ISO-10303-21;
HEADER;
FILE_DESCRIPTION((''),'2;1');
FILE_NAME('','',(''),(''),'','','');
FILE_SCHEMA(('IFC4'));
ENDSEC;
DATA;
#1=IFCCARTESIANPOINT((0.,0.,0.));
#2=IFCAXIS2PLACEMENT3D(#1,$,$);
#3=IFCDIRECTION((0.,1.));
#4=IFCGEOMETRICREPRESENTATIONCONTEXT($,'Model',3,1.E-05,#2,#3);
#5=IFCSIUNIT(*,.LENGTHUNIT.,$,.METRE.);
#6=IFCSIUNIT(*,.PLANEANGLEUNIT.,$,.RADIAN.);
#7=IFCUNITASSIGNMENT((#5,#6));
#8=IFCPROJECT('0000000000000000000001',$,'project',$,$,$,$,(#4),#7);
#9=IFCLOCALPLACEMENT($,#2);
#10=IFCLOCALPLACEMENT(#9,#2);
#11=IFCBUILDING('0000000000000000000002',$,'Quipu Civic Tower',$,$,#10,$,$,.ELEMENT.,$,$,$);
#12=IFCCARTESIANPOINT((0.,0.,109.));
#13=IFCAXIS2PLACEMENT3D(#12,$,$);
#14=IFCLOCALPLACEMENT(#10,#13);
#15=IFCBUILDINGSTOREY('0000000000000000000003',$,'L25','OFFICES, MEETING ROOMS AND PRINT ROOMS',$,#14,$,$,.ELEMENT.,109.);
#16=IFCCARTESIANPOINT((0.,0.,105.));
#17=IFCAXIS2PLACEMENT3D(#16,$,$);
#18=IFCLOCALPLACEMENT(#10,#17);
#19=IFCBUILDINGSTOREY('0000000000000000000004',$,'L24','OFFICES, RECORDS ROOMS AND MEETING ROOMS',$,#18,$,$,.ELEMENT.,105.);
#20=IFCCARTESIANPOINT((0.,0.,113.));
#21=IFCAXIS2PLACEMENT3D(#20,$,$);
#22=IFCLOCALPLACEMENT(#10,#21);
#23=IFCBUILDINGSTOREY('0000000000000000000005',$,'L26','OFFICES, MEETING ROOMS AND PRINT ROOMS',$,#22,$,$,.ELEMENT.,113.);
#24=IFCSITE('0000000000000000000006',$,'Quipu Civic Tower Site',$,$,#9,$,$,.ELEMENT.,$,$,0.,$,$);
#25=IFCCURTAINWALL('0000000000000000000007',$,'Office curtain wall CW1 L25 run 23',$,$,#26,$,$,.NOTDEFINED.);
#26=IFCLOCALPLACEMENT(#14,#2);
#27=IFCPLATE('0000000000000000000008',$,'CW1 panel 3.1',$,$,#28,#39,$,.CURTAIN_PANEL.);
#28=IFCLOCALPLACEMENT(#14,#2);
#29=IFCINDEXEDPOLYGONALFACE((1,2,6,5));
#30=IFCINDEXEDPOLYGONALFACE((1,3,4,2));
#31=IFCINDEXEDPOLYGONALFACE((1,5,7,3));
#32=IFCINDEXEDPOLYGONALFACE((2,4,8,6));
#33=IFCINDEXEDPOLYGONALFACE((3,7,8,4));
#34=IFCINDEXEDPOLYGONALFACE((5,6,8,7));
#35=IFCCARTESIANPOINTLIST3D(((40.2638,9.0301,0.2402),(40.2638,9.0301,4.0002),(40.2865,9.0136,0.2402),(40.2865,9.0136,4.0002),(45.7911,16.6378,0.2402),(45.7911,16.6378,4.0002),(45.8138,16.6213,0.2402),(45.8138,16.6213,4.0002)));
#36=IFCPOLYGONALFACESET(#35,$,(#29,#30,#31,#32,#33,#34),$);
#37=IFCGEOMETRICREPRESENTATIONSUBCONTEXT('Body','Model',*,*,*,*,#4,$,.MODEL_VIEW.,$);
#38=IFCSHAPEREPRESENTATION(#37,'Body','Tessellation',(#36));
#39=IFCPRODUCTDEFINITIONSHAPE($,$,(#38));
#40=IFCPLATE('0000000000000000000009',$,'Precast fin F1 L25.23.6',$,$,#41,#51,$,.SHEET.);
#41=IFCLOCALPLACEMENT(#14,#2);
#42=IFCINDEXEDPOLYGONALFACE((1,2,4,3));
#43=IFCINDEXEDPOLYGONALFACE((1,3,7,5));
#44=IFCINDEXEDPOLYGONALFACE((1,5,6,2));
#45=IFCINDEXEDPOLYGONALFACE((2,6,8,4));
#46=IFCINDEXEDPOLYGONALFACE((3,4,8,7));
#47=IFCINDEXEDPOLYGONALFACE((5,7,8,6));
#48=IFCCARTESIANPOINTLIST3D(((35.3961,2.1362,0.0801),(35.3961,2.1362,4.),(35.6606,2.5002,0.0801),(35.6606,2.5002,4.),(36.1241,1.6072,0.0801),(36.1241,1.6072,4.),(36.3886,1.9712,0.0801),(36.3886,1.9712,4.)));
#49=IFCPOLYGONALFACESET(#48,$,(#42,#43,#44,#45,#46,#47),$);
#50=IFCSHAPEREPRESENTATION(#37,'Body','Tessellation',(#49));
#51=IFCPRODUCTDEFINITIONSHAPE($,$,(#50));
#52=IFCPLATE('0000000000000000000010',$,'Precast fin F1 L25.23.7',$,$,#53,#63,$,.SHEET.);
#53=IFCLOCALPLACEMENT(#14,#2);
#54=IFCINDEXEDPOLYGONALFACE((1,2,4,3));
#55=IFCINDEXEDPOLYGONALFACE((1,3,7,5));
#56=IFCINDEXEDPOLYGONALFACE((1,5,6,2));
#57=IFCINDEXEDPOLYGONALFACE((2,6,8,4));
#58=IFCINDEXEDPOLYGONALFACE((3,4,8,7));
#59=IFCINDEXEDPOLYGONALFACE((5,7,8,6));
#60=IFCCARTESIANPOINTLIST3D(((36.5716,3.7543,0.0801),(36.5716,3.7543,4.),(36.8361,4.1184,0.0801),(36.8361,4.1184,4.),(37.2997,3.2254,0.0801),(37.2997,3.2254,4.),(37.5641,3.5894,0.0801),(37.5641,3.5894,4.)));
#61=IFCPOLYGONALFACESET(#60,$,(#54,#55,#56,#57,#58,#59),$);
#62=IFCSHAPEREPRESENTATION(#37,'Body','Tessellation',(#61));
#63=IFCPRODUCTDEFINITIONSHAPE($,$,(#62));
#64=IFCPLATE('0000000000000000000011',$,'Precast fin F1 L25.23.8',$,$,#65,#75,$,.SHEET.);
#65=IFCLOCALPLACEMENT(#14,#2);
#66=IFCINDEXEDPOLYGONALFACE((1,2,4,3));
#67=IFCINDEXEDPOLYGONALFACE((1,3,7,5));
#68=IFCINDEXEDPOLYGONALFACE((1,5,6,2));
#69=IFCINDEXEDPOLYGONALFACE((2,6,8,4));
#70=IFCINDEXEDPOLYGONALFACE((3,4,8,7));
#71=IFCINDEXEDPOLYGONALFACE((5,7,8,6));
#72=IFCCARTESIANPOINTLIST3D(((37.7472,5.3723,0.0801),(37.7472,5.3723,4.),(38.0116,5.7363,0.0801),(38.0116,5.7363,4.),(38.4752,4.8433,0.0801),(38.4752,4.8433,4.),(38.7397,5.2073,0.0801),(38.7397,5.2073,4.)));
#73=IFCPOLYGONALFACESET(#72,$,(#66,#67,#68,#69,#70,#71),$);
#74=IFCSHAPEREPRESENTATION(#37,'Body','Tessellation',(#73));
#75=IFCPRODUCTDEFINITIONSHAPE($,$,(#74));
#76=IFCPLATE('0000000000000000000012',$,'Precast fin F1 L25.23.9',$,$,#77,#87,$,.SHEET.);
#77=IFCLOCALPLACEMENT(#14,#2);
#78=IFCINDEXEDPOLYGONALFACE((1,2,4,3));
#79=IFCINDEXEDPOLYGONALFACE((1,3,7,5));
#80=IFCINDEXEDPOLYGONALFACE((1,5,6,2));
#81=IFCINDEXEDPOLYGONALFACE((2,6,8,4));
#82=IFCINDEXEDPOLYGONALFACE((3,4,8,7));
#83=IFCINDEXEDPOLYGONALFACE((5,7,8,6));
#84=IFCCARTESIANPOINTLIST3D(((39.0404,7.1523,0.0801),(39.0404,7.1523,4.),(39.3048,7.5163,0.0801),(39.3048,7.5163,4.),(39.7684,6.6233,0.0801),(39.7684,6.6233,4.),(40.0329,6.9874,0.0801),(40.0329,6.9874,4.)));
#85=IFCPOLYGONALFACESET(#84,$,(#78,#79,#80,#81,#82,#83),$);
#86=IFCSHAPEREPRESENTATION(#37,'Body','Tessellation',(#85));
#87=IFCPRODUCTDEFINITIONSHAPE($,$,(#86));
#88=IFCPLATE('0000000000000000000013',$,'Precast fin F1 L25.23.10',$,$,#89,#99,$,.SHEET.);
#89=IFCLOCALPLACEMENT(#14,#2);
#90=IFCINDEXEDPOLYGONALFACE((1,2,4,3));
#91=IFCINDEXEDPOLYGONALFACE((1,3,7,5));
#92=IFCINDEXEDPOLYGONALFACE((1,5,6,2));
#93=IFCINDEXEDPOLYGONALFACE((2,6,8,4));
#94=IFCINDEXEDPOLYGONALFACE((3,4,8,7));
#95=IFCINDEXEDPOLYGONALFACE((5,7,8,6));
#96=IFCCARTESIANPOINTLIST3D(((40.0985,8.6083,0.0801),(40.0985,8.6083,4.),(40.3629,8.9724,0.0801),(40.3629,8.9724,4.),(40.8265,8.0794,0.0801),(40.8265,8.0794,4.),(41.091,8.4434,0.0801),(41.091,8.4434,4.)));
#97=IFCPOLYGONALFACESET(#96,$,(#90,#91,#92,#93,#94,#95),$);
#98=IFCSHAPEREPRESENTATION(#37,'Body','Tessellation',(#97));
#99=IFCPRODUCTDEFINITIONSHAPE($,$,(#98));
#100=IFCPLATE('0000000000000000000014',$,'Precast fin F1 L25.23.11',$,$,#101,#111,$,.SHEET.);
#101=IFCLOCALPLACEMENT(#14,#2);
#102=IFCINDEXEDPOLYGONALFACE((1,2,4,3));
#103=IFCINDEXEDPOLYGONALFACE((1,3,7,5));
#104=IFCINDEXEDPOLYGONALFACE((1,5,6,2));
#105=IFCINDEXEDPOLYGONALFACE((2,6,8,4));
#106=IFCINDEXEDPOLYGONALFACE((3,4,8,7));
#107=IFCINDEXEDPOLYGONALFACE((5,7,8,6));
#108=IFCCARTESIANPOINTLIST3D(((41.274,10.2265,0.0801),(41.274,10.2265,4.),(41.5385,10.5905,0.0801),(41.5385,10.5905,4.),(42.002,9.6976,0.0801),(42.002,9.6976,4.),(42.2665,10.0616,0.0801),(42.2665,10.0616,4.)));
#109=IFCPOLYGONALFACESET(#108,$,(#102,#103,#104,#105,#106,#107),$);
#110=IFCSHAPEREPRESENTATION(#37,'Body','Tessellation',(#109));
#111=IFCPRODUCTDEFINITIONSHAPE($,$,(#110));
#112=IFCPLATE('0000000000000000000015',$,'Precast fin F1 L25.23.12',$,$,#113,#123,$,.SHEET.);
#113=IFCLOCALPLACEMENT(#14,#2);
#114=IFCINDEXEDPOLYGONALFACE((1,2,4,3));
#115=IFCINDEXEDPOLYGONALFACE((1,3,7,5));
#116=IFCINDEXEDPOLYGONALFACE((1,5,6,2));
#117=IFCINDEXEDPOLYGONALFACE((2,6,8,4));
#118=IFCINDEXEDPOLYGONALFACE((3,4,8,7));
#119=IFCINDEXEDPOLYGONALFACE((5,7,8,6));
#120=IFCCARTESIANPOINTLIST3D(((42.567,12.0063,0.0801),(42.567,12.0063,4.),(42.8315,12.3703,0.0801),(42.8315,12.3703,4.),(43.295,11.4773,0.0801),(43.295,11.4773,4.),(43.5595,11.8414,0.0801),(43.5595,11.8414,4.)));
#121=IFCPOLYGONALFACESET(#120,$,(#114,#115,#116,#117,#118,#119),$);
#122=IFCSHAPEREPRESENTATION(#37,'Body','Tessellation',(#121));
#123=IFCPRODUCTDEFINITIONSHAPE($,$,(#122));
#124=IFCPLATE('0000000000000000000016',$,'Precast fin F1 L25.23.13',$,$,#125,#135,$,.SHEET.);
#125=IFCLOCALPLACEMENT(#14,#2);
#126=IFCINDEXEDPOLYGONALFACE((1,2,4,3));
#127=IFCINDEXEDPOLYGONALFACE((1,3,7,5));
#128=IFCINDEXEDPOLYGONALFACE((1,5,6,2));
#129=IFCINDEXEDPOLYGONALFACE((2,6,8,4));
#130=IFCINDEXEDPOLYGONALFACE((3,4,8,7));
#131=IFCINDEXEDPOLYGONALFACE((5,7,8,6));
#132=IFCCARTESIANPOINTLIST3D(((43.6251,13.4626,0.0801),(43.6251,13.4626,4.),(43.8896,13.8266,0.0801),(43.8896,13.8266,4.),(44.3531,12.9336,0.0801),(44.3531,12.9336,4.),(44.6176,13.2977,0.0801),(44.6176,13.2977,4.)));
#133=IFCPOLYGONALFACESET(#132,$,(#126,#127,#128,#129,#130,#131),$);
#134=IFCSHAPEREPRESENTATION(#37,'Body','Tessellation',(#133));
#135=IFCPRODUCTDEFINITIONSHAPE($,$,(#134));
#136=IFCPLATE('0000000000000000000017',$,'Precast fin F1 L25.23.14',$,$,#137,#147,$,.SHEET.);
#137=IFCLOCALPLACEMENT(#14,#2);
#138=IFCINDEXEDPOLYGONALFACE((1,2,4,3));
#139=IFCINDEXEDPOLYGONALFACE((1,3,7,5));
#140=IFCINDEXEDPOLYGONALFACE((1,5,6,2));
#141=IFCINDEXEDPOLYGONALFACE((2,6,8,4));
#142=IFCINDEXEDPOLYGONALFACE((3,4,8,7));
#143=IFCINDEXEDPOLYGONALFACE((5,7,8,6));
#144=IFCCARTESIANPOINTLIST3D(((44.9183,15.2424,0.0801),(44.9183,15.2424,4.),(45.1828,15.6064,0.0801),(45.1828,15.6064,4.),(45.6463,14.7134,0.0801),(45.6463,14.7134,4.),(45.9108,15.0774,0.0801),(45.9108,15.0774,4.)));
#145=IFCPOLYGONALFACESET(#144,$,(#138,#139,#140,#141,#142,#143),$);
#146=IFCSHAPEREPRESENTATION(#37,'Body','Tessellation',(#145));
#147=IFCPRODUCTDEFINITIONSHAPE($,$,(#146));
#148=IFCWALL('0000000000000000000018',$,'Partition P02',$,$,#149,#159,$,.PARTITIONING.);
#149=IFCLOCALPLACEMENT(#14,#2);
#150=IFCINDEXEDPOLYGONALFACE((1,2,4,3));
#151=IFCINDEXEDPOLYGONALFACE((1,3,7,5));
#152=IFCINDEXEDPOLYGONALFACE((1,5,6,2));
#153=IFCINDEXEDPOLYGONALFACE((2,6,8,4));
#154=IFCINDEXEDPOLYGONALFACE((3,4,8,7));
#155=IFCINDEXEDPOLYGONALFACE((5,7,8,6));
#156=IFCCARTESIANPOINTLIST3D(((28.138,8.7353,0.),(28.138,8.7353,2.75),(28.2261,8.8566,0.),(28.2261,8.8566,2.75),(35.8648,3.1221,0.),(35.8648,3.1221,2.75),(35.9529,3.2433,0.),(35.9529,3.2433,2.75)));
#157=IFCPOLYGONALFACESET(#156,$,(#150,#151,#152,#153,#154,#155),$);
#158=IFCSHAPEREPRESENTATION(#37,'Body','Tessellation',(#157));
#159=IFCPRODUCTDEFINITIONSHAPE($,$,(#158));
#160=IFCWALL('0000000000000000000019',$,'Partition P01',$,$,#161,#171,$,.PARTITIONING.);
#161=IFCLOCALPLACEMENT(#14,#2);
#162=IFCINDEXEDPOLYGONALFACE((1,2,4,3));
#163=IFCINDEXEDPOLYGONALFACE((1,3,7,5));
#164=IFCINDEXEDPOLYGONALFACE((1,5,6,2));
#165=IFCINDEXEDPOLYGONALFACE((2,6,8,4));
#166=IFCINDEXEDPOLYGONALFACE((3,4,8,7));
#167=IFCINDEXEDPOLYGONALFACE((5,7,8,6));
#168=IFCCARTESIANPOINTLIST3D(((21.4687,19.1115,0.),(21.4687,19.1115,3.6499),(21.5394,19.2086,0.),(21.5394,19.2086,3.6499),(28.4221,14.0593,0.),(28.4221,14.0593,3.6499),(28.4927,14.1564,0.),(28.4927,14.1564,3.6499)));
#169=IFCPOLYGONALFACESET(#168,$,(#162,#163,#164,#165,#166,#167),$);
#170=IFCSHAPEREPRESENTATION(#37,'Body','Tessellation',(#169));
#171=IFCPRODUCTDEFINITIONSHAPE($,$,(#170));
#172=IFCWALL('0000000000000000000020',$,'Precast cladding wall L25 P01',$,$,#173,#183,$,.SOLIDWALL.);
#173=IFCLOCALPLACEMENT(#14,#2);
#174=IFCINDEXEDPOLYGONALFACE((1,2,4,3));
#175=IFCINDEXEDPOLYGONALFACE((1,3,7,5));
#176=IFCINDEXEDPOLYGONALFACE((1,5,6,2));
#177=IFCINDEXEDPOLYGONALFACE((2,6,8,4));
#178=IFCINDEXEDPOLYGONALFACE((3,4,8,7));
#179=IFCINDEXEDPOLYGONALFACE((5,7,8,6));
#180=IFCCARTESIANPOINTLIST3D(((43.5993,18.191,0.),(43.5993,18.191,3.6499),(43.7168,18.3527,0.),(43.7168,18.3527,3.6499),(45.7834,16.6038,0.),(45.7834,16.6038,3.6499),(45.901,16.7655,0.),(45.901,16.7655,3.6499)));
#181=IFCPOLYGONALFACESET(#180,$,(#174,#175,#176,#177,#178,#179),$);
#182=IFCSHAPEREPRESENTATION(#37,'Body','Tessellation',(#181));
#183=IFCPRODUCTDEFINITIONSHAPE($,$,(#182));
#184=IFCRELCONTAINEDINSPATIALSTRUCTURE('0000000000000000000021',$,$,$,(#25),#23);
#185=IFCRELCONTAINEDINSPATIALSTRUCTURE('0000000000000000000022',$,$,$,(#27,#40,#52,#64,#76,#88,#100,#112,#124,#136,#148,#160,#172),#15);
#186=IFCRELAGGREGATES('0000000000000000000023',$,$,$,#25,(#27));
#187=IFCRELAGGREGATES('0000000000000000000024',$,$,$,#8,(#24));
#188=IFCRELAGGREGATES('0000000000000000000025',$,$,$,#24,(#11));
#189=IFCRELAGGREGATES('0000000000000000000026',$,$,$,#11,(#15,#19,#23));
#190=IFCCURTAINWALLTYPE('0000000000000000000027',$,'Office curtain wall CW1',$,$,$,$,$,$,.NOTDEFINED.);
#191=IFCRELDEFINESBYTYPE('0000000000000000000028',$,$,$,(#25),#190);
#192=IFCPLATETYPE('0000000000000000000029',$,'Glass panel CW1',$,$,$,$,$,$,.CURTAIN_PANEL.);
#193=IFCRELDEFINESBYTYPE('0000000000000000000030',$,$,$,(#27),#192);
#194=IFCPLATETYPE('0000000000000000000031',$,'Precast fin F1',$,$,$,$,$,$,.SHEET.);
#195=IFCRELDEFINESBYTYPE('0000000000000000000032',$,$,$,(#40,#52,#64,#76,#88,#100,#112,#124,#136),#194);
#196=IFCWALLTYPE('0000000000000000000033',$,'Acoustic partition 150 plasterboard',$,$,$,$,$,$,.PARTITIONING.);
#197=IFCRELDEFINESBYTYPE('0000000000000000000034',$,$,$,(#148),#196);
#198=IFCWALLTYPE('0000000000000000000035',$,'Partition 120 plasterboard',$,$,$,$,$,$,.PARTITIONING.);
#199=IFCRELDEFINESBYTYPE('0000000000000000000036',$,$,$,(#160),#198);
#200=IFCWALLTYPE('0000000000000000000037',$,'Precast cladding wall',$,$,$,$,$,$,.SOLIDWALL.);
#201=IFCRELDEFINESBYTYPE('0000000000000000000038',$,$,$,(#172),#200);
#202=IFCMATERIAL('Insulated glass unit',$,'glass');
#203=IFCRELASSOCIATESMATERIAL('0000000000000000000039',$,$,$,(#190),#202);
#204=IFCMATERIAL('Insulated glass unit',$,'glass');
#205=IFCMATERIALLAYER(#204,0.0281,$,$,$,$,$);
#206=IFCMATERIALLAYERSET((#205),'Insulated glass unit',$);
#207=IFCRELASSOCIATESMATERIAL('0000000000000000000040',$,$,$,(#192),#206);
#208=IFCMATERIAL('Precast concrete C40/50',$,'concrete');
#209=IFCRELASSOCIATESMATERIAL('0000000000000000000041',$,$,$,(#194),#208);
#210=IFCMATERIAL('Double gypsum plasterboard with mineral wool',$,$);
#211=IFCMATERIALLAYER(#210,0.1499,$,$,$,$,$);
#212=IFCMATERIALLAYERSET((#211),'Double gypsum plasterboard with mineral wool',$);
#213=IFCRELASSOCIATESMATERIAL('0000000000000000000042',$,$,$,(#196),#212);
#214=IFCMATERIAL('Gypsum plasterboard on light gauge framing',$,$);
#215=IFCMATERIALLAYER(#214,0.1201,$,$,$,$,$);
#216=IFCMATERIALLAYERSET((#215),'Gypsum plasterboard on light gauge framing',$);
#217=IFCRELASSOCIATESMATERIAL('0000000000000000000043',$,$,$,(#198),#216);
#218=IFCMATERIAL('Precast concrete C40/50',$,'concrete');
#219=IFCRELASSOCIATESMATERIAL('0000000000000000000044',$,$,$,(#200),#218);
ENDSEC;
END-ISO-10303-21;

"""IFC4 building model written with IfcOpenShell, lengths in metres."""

from ifc_helpers import new_model, si_unit, direction, frame, frame_2d, origin, origin_2d, place, context, subcontext, project, spatial, rectangle, extrude, material, layer, layer_set, type_object, element, aggregate, save


model = new_model("IFC4")

# Units and contexts
model_context = context("Model", 3, precision=1e-05, world=origin(), true_north=direction((0.0, 1.0)))
body_context = subcontext(model_context, "Body", "Model", "MODEL_VIEW")
ifc_project = project(units=[si_unit("LENGTHUNIT", "METRE"), si_unit("PLANEANGLEUNIT", "RADIAN")], contexts=[model_context])

# Site, building, storey
site_placement = place(None, origin())
site = spatial("IfcSite", under=ifc_project, at=site_placement, Name="Quipu Civic Tower Site", CompositionType="ELEMENT", RefElevation=0.0)
building_placement = place(site_placement, origin())
building = spatial("IfcBuilding", under=site, at=building_placement, Name="Quipu Civic Tower", CompositionType="ELEMENT")
storey_1_placement = place(building_placement, frame((0.0, 0.0, 109.0)))
storey_1 = spatial("IfcBuildingStorey", under=building, at=storey_1_placement, Name="L25", Description="OFFICES, MEETING ROOMS AND PRINT ROOMS", CompositionType="ELEMENT", Elevation=109.0)

# Shared definitions
storey_2_placement = place(building_placement, frame((0.0, 0.0, 105.0)))
storey_2 = spatial("IfcBuildingStorey", under=building, at=storey_2_placement, Name="L24", Description="OFFICES, RECORDS ROOMS AND MEETING ROOMS", CompositionType="ELEMENT", Elevation=105.0)

# Shared definitions
ifc_material_1 = material(Name="Insulated glass unit", Category="glass")
curtain_wall_type = type_object("IfcCurtainWallType", Name="Office curtain wall CW1", PredefinedType="NOTDEFINED", material=ifc_material_1)

# Shared definitions
storey_3_placement = place(building_placement, frame((0.0, 0.0, 113.0)))
storey_3 = spatial("IfcBuildingStorey", under=building, at=storey_3_placement, Name="L26", Description="OFFICES, MEETING ROOMS AND PRINT ROOMS", CompositionType="ELEMENT", Elevation=113.0)

# Curtain wall, plate
curtain_wall_1_placement = place(storey_3_placement, origin())
curtain_wall_1 = element("IfcCurtainWall", 1, at=curtain_wall_1_placement, inside=storey_3, type_object=curtain_wall_type, Name="Office curtain wall CW1 L25 run 23", PredefinedType="NOTDEFINED")
ifc_material_2 = material(Name="Insulated glass unit", Category="glass")
ifc_layer_1 = layer(ifc_material_2, 0.0281)
ifc_layer_set_1 = layer_set([ifc_layer_1], Name="Insulated glass unit")
plate_type_1 = type_object("IfcPlateType", Name="Glass panel CW1", PredefinedType="CURTAIN_PANEL", material=ifc_layer_set_1)
plate_1_placement = place(storey_1_placement, frame((43.0388, 12.8257, 0.2402), z_axis=(0.0, 0.0, 1.0), x_axis=(0.587785, 0.809017, 0.0)))
plate_1 = element("IfcPlate", 2, at=plate_1_placement, inside=storey_1, type_object=plate_type_1, Name="CW1 panel 3.1", PredefinedType="CURTAIN_PANEL", context=body_context, shape_type="SweptSolid", body=[
    extrude(rectangle(XDim=9.4036, YDim=0.0281, at=origin_2d()), origin(), (0.0, 0.0, 1.0), 3.76),
])
aggregate(curtain_wall_1, [plate_1])

# Plates
ifc_material_3 = material(Name="Precast concrete C40/50", Category="concrete")
plate_type_2 = type_object("IfcPlateType", Name="Precast fin F1", PredefinedType="SHEET", material=ifc_material_3)
for number, where, z_axis, x_axis, name in (
    (3, (35.8923, 2.0537, 0.0801), (0.0, 0.0, 1.0), (0.587786, 0.809017, 0.0), "Precast fin F1 L25.23.6"),
    (4, (37.0679, 3.6719, 0.0801), (0.0, 0.0, 1.0), (0.587786, 0.809017, 0.0), "Precast fin F1 L25.23.7"),
    (5, (38.2434, 5.2898, 0.0801), (0.0, 0.0, 1.0), (0.587786, 0.809017, 0.0), "Precast fin F1 L25.23.8"),
    (6, (39.5366, 7.0698, 0.0801), (0.0, 0.0, 1.0), (0.587786, 0.809017, 0.0), "Precast fin F1 L25.23.9"),
    (7, (40.5947, 8.5259, 0.0801), (0.0, 0.0, 1.0), (0.587786, 0.809017, 0.0), "Precast fin F1 L25.23.10"),
    (8, (41.7703, 10.144, 0.0801), (0.0, 0.0, 1.0), (0.587786, 0.809017, 0.0), "Precast fin F1 L25.23.11"),
    (9, (43.0632, 11.9238, 0.0801), (0.0, 0.0, 1.0), (0.587786, 0.809017, 0.0), "Precast fin F1 L25.23.12"),
    (10, (44.1213, 13.3801, 0.0801), (0.0, 0.0, 1.0), (0.587786, 0.809017, 0.0), "Precast fin F1 L25.23.13"),
    (11, (45.4146, 15.1599, 0.0801), (0.0, 0.0, 1.0), (0.587786, 0.809017, 0.0), "Precast fin F1 L25.23.14"),
):
    element("IfcPlate", number, at=place(storey_1_placement, frame(where, z_axis=z_axis, x_axis=x_axis)), inside=storey_1, type_object=plate_type_2, Name=name, PredefinedType="SHEET", context=body_context, shape_type="SweptSolid", body=[
        extrude(rectangle(XDim=0.45, YDim=0.8999, at=origin_2d()), origin(), (0.0, 0.0, 1.0), 3.9199),
    ])

# Walls
ifc_material_4 = material(Name="Double gypsum plasterboard with mineral wool")
ifc_layer_2 = layer(ifc_material_4, 0.1499)
ifc_layer_set_2 = layer_set([ifc_layer_2], Name="Double gypsum plasterboard with mineral wool")
wall_type_1 = type_object("IfcWallType", Name="Acoustic partition 150 plasterboard", PredefinedType="PARTITIONING", material=ifc_layer_set_2)
wall_1_placement = place(storey_1_placement, frame((35.9089, 3.1826, 0.0), z_axis=(0.0, 0.0, 1.0), x_axis=(-0.809045, 0.587746, 0.0)))
element("IfcWall", 12, at=wall_1_placement, inside=storey_1, type_object=wall_type_1, Name="Partition P02", PredefinedType="PARTITIONING", context=body_context, shape_type="SweptSolid", body=[
    extrude(rectangle(XDim=9.5505, YDim=0.1499, at=frame_2d((4.7754, 0.0))), origin(), (0.0, 0.0, 1.0), 2.75),
])
ifc_material_5 = material(Name="Gypsum plasterboard on light gauge framing")
ifc_layer_3 = layer(ifc_material_5, 0.1201)
ifc_layer_set_3 = layer_set([ifc_layer_3], Name="Gypsum plasterboard on light gauge framing")
wall_type_2 = type_object("IfcWallType", Name="Partition 120 plasterboard", PredefinedType="PARTITIONING", material=ifc_layer_set_3)
wall_2_placement = place(storey_1_placement, frame((28.4573, 14.1079, 0.0), z_axis=(0.0, 0.0, 1.0), x_axis=(-0.808999, 0.58781, 0.0)))
element("IfcWall", 13, at=wall_2_placement, inside=storey_1, type_object=wall_type_2, Name="Partition P01", PredefinedType="PARTITIONING", context=body_context, shape_type="SweptSolid", body=[
    extrude(rectangle(XDim=8.595, YDim=0.1201, at=frame_2d((4.2974, 0.0))), origin(), (0.0, 0.0, 1.0), 3.6499),
])
ifc_material_6 = material(Name="Precast concrete C40/50", Category="concrete")
wall_type_3 = type_object("IfcWallType", Name="Precast cladding wall", PredefinedType="SOLIDWALL", material=ifc_material_6)
wall_3_placement = place(storey_1_placement, frame((45.8423, 16.6846, 0.0), z_axis=(0.0, 0.0, 1.0), x_axis=(-0.808959, 0.587865, 0.0)))
element("IfcWall", 14, at=wall_3_placement, inside=storey_1, type_object=wall_type_3, Name="Precast cladding wall L25 P01", PredefinedType="SOLIDWALL", context=body_context, shape_type="SweptSolid", body=[
    extrude(rectangle(XDim=2.7, YDim=0.2, at=frame_2d((1.3501, 0.0))), origin(), (0.0, 0.0, 1.0), 3.6499),
])

save(model, "model.ifc")
